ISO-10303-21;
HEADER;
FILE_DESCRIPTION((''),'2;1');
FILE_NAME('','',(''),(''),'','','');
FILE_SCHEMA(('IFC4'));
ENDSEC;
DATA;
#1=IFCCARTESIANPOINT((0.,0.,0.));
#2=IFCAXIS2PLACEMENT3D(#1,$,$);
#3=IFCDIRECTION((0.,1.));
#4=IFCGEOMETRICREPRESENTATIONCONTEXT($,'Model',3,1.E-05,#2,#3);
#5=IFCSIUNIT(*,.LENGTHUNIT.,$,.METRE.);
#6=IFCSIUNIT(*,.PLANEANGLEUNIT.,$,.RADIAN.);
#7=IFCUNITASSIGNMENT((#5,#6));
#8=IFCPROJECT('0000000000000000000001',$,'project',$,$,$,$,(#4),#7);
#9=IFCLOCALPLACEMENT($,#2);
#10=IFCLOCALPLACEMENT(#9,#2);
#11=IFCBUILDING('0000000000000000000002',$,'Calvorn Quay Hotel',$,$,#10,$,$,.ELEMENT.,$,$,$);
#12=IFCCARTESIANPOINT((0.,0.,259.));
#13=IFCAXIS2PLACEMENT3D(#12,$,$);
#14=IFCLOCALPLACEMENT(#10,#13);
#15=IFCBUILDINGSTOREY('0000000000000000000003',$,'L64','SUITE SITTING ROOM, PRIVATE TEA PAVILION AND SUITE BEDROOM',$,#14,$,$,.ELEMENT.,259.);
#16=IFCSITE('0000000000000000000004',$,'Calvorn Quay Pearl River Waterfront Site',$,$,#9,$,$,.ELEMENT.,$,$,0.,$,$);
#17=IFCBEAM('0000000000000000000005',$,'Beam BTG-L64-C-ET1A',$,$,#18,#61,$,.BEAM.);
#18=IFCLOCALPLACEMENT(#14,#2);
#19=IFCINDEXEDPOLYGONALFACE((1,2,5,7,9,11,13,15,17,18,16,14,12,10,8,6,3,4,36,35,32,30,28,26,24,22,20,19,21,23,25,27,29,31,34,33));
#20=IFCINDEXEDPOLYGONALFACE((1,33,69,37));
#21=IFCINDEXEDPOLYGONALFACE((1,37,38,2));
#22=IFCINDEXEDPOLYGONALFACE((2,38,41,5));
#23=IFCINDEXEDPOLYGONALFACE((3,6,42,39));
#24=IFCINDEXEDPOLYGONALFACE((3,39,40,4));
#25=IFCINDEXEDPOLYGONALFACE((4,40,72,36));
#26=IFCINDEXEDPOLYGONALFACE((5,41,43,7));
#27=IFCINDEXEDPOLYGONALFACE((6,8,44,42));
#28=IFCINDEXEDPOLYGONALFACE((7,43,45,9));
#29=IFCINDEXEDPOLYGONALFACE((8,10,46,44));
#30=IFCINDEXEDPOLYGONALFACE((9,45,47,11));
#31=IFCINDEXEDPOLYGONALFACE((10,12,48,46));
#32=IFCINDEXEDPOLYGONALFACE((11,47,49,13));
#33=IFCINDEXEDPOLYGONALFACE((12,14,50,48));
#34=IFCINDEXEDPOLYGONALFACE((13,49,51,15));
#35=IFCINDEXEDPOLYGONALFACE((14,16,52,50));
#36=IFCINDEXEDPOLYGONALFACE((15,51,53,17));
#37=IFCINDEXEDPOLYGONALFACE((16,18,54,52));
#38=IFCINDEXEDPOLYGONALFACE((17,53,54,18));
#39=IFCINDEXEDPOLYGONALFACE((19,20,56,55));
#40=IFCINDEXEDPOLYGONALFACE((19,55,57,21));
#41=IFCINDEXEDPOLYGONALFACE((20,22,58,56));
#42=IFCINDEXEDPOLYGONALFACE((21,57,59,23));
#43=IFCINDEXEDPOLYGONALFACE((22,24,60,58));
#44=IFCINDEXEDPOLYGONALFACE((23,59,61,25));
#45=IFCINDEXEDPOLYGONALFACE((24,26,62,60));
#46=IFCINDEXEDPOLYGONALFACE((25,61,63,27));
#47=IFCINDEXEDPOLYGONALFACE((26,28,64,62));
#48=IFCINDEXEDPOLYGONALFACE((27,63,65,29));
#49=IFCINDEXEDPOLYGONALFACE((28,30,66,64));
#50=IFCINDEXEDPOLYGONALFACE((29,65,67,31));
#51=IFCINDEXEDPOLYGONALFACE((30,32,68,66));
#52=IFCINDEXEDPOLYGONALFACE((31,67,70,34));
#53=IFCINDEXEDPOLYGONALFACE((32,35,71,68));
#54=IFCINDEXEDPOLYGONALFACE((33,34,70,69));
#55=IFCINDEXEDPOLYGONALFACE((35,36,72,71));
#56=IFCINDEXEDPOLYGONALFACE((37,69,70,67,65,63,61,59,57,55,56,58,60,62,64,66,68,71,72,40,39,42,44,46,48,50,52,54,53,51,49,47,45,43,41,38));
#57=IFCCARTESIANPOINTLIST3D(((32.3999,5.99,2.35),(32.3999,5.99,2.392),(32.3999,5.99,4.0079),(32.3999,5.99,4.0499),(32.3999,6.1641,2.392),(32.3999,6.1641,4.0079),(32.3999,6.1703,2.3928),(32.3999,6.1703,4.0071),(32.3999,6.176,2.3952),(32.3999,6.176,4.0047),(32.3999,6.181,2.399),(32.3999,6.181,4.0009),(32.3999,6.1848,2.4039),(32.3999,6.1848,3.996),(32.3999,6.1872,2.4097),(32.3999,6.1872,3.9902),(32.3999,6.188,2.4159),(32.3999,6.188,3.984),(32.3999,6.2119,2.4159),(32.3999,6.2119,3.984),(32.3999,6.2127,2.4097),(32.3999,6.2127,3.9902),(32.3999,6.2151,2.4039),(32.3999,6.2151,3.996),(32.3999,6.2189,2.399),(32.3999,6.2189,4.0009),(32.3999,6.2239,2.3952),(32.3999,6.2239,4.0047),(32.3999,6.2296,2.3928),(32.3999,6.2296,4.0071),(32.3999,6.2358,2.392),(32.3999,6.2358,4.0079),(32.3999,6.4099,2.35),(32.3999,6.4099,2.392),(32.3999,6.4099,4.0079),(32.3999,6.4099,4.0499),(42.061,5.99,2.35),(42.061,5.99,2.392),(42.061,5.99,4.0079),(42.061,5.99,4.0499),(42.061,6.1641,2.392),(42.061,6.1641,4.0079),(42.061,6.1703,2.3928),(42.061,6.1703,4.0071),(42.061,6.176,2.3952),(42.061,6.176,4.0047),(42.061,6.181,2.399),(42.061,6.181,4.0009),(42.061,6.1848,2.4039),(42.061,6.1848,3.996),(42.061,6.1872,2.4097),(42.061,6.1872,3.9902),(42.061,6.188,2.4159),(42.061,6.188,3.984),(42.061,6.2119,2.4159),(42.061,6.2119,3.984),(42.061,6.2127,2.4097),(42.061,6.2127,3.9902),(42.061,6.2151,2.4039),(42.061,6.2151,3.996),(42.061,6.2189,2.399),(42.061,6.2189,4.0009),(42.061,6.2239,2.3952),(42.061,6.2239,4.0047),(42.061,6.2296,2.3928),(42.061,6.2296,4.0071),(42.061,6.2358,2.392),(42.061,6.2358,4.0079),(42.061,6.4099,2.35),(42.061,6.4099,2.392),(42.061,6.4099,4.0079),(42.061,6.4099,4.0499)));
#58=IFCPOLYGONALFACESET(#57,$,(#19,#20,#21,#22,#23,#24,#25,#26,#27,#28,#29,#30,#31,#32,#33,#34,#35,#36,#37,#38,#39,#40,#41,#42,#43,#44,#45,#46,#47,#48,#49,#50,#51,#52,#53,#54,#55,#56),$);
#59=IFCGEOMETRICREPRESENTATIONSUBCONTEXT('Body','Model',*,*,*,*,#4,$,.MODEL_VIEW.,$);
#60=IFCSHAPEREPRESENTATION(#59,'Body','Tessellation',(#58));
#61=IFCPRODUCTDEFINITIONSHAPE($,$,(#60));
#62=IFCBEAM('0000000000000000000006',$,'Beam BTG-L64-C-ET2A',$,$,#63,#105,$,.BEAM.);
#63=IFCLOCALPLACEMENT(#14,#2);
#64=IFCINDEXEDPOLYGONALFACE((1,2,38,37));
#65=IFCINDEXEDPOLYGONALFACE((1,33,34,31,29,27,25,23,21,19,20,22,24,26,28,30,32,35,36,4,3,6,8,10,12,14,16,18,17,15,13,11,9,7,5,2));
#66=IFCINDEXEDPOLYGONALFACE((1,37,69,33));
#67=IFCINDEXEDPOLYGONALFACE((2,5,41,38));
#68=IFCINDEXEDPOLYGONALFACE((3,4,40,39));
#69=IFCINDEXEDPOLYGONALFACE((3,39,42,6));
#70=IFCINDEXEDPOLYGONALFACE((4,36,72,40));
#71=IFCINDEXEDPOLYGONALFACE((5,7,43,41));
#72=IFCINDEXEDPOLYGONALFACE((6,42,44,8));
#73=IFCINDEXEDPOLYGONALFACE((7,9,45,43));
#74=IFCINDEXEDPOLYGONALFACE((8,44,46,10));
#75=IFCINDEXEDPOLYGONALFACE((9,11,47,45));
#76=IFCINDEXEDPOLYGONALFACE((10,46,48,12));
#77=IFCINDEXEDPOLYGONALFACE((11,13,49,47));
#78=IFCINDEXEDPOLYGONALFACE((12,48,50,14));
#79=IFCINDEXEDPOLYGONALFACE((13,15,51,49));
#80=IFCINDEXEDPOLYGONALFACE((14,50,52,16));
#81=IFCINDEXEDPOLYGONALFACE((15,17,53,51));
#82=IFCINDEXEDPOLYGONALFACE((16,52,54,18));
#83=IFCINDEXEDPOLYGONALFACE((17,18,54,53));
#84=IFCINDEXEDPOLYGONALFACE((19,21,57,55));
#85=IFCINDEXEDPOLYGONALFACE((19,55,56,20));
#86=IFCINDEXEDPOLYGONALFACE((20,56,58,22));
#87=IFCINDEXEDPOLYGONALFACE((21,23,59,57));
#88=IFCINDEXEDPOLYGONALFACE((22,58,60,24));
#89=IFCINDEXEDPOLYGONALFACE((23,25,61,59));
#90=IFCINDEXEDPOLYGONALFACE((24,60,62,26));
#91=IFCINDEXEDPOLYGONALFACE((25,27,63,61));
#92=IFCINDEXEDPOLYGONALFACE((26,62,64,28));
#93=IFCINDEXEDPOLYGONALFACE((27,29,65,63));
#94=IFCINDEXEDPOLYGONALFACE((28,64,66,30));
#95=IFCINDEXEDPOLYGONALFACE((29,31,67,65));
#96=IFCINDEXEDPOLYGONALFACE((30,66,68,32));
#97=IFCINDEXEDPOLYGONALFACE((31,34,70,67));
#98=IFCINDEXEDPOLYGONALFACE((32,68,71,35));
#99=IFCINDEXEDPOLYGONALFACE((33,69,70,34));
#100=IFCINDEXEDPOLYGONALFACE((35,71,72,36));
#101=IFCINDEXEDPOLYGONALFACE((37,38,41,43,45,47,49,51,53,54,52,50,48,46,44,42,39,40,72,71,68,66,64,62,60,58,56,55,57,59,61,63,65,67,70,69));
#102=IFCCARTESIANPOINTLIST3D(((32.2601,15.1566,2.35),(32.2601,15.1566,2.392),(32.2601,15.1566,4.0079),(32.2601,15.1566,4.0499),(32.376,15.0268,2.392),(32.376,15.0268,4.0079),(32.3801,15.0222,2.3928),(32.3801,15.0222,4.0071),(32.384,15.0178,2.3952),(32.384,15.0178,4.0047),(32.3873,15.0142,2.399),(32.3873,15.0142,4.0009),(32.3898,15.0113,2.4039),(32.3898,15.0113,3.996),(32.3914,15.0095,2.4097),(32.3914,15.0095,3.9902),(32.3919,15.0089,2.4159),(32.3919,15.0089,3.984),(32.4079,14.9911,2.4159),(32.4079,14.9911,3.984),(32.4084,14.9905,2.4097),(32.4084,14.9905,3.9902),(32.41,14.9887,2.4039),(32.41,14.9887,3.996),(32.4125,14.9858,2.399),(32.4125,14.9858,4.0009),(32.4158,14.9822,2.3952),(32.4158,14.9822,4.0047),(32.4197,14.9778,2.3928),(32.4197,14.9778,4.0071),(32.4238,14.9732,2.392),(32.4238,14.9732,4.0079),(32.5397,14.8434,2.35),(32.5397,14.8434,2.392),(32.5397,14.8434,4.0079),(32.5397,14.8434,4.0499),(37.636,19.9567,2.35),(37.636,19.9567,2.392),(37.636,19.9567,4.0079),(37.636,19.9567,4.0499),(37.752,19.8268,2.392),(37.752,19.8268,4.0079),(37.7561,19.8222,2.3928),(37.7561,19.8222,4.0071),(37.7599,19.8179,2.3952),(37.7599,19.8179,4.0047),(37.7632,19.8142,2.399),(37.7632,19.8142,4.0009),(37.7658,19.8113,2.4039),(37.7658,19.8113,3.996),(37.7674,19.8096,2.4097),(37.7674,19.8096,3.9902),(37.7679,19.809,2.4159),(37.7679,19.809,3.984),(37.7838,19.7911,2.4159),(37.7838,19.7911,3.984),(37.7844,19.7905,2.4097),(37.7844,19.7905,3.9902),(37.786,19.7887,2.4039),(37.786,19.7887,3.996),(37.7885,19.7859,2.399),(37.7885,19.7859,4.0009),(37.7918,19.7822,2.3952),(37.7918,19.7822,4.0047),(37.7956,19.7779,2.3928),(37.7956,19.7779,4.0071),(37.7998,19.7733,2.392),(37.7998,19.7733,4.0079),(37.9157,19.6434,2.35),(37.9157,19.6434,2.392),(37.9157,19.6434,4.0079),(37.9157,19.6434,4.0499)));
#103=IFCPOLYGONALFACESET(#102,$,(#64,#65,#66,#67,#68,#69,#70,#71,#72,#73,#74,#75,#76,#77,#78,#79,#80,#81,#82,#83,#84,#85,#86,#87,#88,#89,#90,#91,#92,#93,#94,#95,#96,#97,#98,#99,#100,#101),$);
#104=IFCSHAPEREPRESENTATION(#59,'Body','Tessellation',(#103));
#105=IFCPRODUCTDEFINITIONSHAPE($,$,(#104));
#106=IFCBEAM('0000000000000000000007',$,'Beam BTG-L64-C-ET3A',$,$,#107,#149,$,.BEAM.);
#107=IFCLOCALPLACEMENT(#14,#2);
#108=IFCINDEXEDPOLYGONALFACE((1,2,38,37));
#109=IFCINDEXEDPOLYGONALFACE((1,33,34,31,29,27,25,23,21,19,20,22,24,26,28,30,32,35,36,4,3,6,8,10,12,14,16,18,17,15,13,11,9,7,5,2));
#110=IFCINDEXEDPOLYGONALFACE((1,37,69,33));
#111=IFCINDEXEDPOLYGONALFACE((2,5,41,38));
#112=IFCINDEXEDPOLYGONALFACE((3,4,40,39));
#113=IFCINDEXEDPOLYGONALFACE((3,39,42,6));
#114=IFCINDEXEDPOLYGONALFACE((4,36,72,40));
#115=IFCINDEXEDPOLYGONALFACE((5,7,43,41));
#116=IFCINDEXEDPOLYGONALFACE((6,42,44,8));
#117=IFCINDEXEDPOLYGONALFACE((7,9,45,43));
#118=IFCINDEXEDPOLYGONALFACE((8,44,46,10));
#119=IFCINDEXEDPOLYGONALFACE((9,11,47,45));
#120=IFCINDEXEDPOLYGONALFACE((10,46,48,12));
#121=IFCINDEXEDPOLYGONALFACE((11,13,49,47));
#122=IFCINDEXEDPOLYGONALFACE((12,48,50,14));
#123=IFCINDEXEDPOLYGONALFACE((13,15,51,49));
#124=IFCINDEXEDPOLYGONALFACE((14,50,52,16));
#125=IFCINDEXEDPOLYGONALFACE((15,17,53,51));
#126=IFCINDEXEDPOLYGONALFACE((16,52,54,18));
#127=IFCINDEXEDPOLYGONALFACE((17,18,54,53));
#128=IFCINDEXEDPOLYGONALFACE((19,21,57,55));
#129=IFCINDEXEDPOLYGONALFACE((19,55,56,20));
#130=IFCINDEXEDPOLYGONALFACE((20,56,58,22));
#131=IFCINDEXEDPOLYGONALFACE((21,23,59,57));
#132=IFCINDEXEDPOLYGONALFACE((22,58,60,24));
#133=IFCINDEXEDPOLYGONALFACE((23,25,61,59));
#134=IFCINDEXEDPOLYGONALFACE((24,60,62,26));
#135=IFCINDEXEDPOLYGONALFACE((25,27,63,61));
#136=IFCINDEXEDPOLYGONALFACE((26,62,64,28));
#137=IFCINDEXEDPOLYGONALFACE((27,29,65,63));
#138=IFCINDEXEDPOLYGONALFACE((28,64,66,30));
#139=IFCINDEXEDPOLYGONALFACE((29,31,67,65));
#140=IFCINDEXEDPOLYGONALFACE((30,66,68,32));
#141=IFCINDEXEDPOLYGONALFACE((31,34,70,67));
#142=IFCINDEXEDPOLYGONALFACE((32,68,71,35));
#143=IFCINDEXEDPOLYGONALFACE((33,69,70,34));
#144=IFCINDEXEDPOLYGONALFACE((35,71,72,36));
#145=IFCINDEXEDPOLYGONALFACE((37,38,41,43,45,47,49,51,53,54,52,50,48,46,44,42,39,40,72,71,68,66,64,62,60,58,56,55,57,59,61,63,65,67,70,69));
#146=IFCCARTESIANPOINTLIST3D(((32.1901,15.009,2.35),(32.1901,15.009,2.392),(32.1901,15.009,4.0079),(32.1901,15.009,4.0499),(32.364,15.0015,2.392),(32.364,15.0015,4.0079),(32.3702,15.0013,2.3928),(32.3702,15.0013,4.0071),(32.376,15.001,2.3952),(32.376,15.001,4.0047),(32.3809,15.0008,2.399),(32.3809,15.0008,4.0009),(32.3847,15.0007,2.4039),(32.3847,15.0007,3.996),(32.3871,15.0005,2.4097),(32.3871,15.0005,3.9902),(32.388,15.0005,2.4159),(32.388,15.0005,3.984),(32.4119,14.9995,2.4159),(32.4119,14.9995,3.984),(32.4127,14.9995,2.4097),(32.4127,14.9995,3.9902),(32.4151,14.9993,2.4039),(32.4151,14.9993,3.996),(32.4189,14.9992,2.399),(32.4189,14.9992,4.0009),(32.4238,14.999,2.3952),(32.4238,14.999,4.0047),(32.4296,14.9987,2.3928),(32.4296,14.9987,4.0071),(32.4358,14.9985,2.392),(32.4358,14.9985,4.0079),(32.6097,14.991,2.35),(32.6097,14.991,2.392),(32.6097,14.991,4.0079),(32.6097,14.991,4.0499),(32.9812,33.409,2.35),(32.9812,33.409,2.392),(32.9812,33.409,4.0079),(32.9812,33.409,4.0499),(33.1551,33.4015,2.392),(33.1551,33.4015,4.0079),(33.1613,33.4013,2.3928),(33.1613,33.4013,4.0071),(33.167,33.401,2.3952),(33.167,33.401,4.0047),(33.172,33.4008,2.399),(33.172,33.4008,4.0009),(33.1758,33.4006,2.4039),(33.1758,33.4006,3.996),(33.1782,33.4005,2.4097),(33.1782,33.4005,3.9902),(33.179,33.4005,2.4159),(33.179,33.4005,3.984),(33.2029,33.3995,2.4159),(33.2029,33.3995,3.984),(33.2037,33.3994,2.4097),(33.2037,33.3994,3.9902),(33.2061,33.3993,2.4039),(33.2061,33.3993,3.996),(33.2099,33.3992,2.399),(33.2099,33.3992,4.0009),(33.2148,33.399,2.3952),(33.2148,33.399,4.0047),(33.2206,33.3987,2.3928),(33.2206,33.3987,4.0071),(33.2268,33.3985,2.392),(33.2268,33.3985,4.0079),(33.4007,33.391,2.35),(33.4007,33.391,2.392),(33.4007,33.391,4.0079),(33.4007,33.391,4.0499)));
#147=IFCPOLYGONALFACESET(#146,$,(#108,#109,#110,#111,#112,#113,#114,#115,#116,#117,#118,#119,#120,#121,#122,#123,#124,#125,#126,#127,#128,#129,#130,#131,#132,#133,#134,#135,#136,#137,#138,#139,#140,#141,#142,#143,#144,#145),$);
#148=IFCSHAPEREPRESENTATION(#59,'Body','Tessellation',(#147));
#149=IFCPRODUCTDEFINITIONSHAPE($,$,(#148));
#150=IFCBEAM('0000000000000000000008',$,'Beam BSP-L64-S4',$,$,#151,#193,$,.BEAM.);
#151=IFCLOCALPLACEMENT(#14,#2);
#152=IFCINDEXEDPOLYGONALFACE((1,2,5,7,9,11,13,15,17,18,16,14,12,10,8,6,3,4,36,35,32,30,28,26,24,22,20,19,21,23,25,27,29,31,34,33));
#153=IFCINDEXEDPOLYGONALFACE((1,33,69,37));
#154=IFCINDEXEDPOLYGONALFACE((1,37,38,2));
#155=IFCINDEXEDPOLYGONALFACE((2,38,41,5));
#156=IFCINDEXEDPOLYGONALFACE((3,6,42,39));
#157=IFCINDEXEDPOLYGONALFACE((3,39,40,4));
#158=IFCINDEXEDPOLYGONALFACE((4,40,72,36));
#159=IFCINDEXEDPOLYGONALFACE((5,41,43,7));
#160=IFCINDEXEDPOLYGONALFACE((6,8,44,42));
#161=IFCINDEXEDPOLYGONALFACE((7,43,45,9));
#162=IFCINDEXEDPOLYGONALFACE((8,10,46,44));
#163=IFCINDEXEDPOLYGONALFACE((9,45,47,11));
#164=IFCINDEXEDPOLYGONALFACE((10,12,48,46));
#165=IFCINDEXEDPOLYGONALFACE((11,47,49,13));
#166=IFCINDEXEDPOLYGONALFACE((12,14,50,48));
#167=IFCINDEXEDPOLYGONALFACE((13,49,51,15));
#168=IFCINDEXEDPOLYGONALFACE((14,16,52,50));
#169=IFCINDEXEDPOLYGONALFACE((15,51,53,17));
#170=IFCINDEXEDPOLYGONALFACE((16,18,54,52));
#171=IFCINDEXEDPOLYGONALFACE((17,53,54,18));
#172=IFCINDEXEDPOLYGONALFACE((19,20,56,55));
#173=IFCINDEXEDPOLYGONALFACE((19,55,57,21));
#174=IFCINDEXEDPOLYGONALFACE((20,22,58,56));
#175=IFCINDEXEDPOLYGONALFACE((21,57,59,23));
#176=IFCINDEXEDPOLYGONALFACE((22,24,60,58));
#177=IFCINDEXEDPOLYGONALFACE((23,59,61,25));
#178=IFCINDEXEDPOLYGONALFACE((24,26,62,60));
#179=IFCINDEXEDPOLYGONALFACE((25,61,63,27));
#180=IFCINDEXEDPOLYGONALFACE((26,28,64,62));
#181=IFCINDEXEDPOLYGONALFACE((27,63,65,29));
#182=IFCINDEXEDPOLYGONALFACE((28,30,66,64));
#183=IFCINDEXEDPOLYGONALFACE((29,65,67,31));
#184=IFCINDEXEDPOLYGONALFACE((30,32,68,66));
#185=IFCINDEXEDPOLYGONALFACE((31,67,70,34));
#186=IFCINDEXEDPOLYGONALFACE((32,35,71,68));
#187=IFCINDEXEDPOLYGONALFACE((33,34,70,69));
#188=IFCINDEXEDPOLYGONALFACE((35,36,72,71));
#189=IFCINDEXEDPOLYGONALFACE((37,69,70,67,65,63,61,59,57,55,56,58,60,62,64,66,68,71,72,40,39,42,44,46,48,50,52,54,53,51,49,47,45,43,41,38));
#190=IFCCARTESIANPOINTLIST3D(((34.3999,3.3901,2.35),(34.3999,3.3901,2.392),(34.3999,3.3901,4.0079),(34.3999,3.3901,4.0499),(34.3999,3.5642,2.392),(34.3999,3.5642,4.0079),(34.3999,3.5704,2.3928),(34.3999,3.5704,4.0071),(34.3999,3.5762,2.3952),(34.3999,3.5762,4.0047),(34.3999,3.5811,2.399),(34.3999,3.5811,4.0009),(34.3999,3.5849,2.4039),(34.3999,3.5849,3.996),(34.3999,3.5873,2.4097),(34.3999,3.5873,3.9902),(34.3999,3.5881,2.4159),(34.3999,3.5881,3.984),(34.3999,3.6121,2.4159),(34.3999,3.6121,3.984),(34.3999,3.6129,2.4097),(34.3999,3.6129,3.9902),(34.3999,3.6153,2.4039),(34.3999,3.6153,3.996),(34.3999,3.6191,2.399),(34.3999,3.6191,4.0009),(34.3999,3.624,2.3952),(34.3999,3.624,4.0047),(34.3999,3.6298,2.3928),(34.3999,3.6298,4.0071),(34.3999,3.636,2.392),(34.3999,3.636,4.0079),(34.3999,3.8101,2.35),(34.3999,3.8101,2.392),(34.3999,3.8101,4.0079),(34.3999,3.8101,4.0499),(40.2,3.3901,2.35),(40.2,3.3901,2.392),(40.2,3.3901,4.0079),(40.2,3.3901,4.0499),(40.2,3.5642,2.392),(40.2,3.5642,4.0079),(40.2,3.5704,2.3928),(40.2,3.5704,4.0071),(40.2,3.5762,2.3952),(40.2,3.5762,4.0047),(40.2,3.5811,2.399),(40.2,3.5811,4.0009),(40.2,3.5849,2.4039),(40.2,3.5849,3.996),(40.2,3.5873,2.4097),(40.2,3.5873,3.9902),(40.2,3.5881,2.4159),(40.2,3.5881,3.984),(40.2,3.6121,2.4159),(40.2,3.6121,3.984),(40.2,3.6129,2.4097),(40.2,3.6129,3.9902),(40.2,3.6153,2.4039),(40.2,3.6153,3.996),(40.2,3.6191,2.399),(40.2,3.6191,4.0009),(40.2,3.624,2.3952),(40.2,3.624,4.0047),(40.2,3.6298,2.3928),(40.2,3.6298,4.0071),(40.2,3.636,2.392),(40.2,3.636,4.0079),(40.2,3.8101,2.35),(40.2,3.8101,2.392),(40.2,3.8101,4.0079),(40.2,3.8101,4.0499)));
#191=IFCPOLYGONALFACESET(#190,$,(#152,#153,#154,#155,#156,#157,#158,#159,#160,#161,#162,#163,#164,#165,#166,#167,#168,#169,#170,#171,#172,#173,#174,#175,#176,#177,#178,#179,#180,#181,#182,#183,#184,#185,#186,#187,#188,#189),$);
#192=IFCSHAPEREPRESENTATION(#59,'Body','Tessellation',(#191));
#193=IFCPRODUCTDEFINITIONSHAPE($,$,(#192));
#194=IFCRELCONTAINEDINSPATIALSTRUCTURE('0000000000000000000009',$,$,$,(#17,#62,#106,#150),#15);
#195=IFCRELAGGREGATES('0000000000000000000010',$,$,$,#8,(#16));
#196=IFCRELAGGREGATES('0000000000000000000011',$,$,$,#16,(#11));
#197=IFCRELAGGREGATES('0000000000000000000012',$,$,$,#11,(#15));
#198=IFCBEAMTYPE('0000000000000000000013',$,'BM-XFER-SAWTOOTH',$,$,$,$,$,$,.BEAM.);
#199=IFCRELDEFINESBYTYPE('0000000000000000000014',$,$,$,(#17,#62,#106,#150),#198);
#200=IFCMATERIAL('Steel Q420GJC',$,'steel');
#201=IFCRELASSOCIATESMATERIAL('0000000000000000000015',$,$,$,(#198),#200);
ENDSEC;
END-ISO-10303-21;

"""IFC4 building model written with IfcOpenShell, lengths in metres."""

from ifc_helpers import new_model, si_unit, direction, frame, origin, origin_2d, place, context, subcontext, project, spatial, i_section, extrude, material, material_profile, profile_set, type_object, element, save


model = new_model("IFC4")

# Units and contexts
model_context = context("Model", 3, precision=1e-05, world=origin(), true_north=direction((0.0, 1.0)))
body_context = subcontext(model_context, "Body", "Model", "MODEL_VIEW")
ifc_project = project(units=[si_unit("LENGTHUNIT", "METRE"), si_unit("PLANEANGLEUNIT", "RADIAN")], contexts=[model_context])

# Site, building, storey
site_placement = place(None, origin())
site = spatial("IfcSite", under=ifc_project, at=site_placement, Name="Calvorn Quay Pearl River Waterfront Site", CompositionType="ELEMENT", RefElevation=0.0)
building_placement = place(site_placement, origin())
building = spatial("IfcBuilding", under=site, at=building_placement, Name="Calvorn Quay Hotel", CompositionType="ELEMENT")
storey_placement = place(building_placement, frame((0.0, 0.0, 259.0)))
storey = spatial("IfcBuildingStorey", under=building, at=storey_placement, Name="L64", Description="SUITE SITTING ROOM, PRIVATE TEA PAVILION AND SUITE BEDROOM", CompositionType="ELEMENT", Elevation=259.0)

# Beams
ifc_material_1 = material(Name="Steel Q420GJC", Category="steel")
ifc_material_profile_1 = material_profile(ifc_material_1, i_section(OverallWidth=0.4199, OverallDepth=1.7, WebThickness=0.0239, FlangeThickness=0.042, FilletRadius=0.0239, at=origin_2d()), Name="HN1700x420x24x42")
ifc_profile_set_1 = profile_set([ifc_material_profile_1], Name="Steel Q420GJC")
beam_type_1 = type_object("IfcBeamType", Name="BM-XFER-SAWTOOTH", PredefinedType="BEAM", material=ifc_profile_set_1)
beam_1_placement = place(storey_placement, frame((32.3999, 6.2, 3.2), z_axis=(1.0, 0.0, 0.0), x_axis=(0.0, 1.0, 0.0)))
element("IfcBeam", 1, at=beam_1_placement, inside=storey, type_object=beam_type_1, Name="Beam BTG-L64-C-ET1A", PredefinedType="BEAM", context=body_context, shape_type="SweptSolid", body=[
    extrude(i_section(OverallWidth=0.4199, OverallDepth=1.7, WebThickness=0.0239, FlangeThickness=0.042, FilletRadius=0.0239, at=origin_2d()), origin(), (0.0, 0.0, 1.0), 9.6611),
])
beam_2_placement = place(storey_placement, frame((32.3999, 15.0, 3.2), z_axis=(0.745933, 0.666021, 0.0), x_axis=(-0.666021, 0.745933, 0.0)))
element("IfcBeam", 2, at=beam_2_placement, inside=storey, type_object=beam_type_1, Name="Beam BTG-L64-C-ET2A", PredefinedType="BEAM", context=body_context, shape_type="SweptSolid", body=[
    extrude(i_section(OverallWidth=0.4199, OverallDepth=1.7, WebThickness=0.0239, FlangeThickness=0.042, FilletRadius=0.0239, at=origin_2d()), origin(), (0.0, 0.0, 1.0), 7.207),
])
beam_3_placement = place(storey_placement, frame((32.3999, 15.0, 3.2), z_axis=(0.042951, 0.999077, 0.0), x_axis=(-0.999077, 0.042951, 0.0)))
element("IfcBeam", 3, at=beam_3_placement, inside=storey, type_object=beam_type_1, Name="Beam BTG-L64-C-ET3A", PredefinedType="BEAM", context=body_context, shape_type="SweptSolid", body=[
    extrude(i_section(OverallWidth=0.4199, OverallDepth=1.7, WebThickness=0.0239, FlangeThickness=0.042, FilletRadius=0.0239, at=origin_2d()), origin(), (0.0, 0.0, 1.0), 18.417),
])
beam_4_placement = place(storey_placement, frame((34.3999, 3.6001, 3.2), z_axis=(1.0, 0.0, 0.0), x_axis=(0.0, 1.0, 0.0)))
element("IfcBeam", 4, at=beam_4_placement, inside=storey, type_object=beam_type_1, Name="Beam BSP-L64-S4", PredefinedType="BEAM", context=body_context, shape_type="SweptSolid", body=[
    extrude(i_section(OverallWidth=0.4199, OverallDepth=1.7, WebThickness=0.0239, FlangeThickness=0.042, FilletRadius=0.0239, at=origin_2d()), origin(), (0.0, 0.0, 1.0), 5.8),
])

save(model, "model.ifc")
